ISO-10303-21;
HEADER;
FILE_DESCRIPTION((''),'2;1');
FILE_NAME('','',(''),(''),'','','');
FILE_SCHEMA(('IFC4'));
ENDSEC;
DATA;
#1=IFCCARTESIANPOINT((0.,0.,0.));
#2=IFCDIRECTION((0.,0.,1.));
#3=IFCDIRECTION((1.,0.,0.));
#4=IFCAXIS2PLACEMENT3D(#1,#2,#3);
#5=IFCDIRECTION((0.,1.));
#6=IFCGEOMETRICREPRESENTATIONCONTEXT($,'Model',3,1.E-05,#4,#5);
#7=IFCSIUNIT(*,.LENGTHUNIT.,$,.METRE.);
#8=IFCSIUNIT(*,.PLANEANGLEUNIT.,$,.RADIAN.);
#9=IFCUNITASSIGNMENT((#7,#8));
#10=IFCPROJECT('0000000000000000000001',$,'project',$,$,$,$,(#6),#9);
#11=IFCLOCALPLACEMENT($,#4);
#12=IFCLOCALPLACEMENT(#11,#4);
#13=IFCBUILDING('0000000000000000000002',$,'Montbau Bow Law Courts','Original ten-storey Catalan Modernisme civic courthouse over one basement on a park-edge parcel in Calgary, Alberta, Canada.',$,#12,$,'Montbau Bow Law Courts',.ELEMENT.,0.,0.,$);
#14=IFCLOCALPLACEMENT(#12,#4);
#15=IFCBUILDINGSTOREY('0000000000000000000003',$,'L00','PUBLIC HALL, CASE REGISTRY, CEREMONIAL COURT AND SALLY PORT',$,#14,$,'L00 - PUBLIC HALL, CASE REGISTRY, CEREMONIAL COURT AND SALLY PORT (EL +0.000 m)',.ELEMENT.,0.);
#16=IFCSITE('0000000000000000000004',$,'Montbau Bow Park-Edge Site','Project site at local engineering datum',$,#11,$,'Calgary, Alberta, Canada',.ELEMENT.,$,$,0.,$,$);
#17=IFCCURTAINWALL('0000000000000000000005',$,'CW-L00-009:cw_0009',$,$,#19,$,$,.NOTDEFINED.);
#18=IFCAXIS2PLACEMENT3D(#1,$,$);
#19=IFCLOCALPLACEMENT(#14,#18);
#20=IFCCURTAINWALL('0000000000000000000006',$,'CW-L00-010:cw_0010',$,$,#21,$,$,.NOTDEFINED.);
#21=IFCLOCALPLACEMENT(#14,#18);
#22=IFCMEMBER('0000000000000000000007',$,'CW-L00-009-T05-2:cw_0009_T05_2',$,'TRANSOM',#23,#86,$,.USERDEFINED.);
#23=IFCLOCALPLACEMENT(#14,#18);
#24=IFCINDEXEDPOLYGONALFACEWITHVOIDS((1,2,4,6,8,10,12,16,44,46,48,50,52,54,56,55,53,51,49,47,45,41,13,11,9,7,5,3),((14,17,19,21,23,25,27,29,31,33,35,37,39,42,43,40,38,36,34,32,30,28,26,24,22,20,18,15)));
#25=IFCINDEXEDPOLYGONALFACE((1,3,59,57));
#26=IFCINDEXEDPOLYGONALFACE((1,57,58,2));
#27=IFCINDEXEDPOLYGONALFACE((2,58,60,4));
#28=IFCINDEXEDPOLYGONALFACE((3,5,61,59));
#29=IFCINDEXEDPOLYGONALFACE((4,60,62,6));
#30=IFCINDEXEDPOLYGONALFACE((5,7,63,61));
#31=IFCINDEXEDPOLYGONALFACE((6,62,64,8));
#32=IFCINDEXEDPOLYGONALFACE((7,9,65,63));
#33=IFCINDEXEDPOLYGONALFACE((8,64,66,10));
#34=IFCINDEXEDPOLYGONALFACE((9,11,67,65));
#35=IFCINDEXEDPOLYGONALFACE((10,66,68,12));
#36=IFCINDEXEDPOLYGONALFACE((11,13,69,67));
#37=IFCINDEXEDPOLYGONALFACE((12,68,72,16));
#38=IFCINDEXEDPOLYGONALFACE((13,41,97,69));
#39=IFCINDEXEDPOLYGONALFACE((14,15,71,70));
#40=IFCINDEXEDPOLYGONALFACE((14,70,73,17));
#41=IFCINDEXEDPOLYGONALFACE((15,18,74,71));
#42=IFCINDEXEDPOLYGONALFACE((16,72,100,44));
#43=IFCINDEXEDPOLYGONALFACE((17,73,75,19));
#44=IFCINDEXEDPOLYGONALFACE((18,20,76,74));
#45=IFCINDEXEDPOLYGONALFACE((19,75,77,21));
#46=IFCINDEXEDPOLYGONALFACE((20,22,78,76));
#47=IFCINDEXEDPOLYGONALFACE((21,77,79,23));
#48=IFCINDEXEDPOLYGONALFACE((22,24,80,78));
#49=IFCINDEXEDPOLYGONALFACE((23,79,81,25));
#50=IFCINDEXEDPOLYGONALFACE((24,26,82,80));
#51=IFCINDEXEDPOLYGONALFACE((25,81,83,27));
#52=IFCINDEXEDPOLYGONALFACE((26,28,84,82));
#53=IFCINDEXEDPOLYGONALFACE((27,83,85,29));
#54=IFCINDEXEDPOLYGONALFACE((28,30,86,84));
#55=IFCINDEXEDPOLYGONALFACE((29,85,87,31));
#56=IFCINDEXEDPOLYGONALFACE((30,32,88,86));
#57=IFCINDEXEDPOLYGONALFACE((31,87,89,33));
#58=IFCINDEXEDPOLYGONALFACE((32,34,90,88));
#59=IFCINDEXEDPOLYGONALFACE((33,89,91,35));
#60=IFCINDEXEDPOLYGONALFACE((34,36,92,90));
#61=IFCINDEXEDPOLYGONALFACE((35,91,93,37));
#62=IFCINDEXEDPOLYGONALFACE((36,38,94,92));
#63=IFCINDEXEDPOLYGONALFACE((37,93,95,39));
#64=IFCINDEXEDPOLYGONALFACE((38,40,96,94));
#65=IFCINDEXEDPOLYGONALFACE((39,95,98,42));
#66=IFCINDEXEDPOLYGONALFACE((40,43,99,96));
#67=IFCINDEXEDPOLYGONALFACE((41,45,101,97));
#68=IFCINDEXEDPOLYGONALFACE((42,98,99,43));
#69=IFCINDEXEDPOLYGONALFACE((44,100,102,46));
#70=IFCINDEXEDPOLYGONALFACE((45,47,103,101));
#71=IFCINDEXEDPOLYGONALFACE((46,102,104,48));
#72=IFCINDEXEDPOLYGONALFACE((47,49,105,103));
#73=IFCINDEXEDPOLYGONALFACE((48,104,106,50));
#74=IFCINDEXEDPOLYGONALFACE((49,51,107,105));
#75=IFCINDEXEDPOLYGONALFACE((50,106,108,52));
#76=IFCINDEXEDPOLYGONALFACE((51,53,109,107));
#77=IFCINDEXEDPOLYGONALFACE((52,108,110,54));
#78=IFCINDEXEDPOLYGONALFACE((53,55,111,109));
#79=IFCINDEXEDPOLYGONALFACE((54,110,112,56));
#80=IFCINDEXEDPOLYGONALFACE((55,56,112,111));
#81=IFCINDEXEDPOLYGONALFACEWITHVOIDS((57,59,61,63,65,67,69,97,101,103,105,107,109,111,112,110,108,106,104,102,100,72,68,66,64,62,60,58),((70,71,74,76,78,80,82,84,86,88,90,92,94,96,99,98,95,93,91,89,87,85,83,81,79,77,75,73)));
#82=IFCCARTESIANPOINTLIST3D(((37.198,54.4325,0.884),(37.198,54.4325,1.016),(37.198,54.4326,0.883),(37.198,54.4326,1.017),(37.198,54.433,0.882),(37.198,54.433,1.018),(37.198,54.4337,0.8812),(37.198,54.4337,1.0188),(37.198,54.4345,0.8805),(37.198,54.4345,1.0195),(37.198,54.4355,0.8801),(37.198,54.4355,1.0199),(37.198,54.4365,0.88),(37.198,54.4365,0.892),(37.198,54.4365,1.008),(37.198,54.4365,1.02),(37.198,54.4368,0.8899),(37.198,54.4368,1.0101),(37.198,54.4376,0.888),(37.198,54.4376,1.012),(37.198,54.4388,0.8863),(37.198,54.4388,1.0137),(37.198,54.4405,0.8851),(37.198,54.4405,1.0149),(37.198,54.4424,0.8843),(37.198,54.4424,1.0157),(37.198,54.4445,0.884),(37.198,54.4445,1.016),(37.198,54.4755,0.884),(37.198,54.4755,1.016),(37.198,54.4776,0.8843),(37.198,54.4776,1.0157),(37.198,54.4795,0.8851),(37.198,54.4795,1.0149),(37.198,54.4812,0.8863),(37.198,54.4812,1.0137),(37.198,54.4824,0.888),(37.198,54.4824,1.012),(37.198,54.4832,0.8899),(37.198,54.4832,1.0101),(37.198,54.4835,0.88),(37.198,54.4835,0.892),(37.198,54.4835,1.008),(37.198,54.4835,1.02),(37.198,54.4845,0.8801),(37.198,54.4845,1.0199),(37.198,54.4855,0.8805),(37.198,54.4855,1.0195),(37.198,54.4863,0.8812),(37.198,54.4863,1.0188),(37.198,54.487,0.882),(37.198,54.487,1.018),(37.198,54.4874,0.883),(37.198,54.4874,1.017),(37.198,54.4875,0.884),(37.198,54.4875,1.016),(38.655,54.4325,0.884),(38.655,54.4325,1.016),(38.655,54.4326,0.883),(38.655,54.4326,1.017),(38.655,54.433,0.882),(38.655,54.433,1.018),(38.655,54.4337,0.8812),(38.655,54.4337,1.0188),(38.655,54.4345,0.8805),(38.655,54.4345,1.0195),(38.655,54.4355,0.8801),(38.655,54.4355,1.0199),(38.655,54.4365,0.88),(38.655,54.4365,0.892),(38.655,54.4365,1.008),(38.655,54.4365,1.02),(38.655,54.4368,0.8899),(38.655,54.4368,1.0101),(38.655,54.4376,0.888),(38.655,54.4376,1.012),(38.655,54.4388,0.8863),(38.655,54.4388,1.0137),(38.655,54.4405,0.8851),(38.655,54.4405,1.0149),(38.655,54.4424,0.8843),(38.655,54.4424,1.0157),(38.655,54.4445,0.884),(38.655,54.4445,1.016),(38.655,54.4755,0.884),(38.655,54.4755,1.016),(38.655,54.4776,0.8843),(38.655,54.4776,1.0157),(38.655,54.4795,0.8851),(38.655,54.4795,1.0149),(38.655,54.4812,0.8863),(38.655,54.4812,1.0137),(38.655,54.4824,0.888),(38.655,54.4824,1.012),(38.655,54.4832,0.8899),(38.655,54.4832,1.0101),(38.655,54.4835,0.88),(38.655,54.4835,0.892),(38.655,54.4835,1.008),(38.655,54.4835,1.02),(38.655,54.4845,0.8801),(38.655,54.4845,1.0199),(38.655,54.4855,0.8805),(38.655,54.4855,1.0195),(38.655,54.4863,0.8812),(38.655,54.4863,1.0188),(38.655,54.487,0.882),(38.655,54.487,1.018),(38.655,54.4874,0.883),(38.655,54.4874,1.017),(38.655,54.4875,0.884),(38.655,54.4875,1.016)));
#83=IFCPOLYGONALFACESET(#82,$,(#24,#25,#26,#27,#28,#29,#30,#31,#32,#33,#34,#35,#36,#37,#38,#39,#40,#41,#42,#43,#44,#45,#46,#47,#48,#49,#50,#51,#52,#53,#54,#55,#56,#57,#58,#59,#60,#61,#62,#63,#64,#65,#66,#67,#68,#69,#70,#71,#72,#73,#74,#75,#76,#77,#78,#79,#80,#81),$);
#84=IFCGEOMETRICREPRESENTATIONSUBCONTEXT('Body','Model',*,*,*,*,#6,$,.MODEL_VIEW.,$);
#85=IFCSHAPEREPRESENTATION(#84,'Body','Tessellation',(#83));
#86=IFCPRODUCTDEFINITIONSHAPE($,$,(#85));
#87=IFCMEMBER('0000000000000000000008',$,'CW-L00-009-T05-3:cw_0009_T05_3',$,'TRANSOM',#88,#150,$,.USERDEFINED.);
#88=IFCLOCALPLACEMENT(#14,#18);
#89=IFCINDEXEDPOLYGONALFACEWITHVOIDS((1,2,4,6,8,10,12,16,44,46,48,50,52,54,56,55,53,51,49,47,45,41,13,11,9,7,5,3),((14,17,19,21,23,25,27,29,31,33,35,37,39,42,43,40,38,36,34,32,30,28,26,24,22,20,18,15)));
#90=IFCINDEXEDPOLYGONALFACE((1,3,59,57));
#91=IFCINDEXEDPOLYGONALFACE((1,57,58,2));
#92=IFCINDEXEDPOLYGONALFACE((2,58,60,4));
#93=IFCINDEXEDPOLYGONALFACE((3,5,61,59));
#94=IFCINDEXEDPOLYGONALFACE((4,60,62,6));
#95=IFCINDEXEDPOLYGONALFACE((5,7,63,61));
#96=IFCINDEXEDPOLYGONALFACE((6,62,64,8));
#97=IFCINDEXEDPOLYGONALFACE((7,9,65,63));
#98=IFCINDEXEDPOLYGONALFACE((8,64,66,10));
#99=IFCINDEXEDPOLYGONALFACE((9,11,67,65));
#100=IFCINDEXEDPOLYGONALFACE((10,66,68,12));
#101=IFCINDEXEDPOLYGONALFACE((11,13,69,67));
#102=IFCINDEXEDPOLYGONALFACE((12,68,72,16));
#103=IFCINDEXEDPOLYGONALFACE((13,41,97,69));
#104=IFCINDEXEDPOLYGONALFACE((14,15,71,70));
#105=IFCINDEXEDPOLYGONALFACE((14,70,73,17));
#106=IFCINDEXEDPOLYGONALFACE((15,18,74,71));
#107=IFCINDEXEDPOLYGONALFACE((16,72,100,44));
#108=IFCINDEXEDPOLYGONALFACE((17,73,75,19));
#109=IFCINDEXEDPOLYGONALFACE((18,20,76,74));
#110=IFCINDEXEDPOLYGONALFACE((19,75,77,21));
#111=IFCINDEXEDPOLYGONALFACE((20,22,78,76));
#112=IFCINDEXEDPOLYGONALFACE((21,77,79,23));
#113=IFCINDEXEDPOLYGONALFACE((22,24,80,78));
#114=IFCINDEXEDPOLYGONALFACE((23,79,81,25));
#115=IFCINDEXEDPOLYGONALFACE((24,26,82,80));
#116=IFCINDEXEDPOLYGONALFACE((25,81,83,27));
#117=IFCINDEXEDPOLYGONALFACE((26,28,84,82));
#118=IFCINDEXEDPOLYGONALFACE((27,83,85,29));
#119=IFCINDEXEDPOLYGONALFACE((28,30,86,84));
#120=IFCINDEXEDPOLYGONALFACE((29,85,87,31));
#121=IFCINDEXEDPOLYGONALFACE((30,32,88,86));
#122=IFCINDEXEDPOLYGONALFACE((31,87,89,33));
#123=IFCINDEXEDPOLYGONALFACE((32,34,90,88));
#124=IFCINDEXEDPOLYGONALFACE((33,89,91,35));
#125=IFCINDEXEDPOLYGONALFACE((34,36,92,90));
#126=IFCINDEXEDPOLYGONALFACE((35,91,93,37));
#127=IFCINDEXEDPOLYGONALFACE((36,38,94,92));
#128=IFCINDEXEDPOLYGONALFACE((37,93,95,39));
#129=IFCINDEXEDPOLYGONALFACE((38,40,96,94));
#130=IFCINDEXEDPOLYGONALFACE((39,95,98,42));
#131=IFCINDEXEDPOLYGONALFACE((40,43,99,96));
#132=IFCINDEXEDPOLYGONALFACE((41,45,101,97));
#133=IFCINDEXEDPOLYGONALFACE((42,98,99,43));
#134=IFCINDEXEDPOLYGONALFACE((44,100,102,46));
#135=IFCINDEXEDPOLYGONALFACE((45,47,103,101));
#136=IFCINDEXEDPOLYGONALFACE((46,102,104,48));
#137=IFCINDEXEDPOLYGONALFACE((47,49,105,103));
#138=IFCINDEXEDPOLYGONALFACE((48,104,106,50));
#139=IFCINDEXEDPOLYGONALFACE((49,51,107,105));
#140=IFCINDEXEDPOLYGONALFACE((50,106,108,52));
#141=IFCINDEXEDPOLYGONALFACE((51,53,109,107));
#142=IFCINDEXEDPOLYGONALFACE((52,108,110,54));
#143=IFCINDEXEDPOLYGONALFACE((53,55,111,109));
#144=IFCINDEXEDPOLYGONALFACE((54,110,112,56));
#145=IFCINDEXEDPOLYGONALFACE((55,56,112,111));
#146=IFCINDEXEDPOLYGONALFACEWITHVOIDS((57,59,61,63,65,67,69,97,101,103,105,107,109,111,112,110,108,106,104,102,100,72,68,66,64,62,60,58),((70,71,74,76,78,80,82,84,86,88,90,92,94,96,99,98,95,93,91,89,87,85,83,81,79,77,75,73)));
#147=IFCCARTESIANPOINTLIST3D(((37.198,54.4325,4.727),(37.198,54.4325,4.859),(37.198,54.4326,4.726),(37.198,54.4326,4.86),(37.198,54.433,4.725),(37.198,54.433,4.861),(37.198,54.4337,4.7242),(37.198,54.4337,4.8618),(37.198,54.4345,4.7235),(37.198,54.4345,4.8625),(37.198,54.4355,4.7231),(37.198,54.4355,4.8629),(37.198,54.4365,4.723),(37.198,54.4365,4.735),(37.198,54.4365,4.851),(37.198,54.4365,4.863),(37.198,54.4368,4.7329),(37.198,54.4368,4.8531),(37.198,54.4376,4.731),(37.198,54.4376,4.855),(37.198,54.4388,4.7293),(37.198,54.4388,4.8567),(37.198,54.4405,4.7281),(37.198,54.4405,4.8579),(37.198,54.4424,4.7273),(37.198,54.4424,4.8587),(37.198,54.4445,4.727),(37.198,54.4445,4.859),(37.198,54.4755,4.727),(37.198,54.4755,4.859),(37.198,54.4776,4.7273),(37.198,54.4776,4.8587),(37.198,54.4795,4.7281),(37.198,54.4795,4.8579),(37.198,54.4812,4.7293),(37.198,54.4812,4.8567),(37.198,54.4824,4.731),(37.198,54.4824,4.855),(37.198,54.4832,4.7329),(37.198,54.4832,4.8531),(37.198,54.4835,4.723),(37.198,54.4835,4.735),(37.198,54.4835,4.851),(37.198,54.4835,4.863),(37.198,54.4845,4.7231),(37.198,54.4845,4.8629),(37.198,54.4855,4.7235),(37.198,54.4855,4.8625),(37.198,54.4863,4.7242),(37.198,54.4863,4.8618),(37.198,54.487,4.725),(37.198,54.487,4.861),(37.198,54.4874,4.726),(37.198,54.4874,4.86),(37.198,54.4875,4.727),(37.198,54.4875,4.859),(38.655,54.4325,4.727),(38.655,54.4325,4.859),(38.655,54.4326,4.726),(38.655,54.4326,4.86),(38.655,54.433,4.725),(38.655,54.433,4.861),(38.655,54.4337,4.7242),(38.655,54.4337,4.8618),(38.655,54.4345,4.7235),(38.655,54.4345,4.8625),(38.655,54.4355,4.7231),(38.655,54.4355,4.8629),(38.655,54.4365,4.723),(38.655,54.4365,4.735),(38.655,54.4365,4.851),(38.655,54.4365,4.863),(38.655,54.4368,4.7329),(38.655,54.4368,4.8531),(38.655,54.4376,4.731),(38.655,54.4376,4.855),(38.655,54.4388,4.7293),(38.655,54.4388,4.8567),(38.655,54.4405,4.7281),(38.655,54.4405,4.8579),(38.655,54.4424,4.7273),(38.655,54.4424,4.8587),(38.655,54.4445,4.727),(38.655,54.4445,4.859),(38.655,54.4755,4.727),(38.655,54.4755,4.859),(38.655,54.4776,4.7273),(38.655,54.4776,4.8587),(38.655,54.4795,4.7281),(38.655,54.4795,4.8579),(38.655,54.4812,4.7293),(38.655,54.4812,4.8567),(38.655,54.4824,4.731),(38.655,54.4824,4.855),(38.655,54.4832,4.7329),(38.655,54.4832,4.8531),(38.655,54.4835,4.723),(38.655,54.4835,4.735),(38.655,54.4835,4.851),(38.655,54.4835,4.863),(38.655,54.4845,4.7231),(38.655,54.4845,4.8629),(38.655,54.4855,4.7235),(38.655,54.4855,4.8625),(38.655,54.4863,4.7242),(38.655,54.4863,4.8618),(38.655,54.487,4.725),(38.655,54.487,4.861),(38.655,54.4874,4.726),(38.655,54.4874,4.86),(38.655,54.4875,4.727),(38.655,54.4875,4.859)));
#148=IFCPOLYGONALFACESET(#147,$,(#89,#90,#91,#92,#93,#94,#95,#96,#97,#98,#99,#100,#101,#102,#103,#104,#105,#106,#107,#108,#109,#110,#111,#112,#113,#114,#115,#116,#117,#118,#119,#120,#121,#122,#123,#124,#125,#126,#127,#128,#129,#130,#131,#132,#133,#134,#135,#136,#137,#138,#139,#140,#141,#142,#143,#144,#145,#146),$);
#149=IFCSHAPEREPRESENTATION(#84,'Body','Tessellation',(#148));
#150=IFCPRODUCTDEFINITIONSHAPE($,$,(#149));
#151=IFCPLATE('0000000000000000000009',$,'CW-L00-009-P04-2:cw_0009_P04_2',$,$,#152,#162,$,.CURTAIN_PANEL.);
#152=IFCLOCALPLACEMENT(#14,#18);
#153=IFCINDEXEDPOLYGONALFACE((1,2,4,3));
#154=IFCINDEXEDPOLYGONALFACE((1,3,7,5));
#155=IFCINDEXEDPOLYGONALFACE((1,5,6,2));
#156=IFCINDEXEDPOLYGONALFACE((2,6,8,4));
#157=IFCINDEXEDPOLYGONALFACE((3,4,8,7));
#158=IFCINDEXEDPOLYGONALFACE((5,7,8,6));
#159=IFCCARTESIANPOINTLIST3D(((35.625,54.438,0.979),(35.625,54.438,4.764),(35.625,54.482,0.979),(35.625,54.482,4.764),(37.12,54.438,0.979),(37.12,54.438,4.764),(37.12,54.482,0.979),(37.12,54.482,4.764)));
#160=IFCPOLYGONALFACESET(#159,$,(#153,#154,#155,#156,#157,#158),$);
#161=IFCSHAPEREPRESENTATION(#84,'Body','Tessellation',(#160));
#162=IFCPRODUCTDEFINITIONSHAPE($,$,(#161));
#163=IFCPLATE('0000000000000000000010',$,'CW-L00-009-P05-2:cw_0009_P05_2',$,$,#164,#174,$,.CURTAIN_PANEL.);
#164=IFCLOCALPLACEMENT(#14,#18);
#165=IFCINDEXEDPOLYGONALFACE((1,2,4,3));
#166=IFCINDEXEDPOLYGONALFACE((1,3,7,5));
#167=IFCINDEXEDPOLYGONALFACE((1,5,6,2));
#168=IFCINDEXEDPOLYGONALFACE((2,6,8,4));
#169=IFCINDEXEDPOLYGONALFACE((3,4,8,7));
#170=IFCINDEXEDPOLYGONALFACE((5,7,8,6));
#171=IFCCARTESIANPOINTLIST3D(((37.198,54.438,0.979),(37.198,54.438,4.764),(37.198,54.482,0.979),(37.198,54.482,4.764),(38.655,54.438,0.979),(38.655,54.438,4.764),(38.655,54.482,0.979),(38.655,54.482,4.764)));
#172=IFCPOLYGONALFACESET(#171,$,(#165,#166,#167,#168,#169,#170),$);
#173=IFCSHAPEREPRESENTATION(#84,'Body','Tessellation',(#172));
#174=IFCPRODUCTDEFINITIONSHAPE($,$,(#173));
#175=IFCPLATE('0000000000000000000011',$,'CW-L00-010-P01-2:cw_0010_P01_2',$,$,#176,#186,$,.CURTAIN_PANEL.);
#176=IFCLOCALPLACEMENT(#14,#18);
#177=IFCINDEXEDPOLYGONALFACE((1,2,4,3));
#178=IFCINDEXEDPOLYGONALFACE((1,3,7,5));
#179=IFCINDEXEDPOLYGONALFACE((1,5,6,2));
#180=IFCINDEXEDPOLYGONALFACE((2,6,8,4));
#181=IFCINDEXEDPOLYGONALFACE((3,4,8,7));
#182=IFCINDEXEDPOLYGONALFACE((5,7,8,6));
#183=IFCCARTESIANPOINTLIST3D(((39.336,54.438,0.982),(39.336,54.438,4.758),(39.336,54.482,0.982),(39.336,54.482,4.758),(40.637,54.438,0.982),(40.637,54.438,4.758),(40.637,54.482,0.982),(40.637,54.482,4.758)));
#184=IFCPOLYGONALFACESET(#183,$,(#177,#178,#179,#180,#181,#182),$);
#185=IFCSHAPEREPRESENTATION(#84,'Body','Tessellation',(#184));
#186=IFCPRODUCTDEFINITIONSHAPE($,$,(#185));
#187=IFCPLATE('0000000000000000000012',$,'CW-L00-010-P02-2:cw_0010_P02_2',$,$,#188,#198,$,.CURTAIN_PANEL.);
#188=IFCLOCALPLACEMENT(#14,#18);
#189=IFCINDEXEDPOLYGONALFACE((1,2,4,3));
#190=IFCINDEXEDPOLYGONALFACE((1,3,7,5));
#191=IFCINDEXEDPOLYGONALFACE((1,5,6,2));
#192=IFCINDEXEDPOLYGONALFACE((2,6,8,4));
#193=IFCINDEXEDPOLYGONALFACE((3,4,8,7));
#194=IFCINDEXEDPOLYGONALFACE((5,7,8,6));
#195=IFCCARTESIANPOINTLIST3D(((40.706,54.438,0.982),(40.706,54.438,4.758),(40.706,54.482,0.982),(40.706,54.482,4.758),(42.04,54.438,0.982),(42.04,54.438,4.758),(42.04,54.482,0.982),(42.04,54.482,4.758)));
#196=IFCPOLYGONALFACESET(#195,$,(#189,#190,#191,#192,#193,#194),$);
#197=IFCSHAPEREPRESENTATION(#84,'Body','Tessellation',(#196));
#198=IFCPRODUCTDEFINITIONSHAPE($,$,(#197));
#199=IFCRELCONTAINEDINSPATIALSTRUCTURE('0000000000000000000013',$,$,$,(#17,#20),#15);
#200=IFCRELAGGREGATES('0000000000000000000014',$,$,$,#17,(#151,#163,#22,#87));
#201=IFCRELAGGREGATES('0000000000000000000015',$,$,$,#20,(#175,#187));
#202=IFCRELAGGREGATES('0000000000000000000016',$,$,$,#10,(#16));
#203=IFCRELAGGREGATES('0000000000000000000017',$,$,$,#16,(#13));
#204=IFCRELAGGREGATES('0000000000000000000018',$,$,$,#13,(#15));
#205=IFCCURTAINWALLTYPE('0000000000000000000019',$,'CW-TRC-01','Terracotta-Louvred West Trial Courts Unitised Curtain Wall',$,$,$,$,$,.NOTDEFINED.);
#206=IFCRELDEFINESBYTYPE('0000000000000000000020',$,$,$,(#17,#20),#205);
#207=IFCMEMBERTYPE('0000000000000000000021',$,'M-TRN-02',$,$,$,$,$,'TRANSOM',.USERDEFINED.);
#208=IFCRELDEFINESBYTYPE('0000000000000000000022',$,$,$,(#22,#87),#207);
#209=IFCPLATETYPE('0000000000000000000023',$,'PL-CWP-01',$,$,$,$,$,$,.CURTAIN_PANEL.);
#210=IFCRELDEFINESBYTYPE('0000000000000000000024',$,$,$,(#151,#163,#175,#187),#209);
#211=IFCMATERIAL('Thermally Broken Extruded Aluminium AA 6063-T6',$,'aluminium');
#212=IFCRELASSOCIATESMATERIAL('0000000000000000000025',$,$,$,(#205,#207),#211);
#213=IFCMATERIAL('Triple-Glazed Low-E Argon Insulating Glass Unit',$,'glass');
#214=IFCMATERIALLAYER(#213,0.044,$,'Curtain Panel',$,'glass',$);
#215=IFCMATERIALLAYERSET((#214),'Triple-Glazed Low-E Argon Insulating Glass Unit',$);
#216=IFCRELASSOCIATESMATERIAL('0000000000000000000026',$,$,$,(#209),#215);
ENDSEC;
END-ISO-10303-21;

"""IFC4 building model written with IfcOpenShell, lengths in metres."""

from ifc_helpers import new_model, si_unit, direction, frame, frame_2d, origin_with_axes, origin_2d_with_axis, place, context, subcontext, project, spatial, rectangle, hollow_rectangle, extrude, material, layer, layer_set, material_profile, profile_set, type_object, element, aggregate, save


model = new_model("IFC4")

# Units and contexts
model_context = context("Model", 3, precision=1e-05, world=origin_with_axes(), true_north=direction((0.0, 1.0)))
body_context = subcontext(model_context, "Body", "Model", "MODEL_VIEW")
ifc_project = project(units=[si_unit("LENGTHUNIT", "METRE"), si_unit("PLANEANGLEUNIT", "RADIAN")], contexts=[model_context])

# Site, building, storey
site_placement = place(None, origin_with_axes())
site = spatial("IfcSite", under=ifc_project, at=site_placement, Name="Montbau Bow Park-Edge Site", Description="Project site at local engineering datum", LongName="Calgary, Alberta, Canada", CompositionType="ELEMENT", RefElevation=0.0)
building_placement = place(site_placement, origin_with_axes())
building = spatial("IfcBuilding", under=site, at=building_placement, Name="Montbau Bow Law Courts", Description="Original ten-storey Catalan Modernisme civic courthouse over one basement on a park-edge parcel in Calgary, Alberta, Canada.", LongName="Montbau Bow Law Courts", CompositionType="ELEMENT", ElevationOfRefHeight=0.0, ElevationOfTerrain=0.0)
storey_placement = place(building_placement, origin_with_axes())
storey = spatial("IfcBuildingStorey", under=building, at=storey_placement, Name="L00", Description="PUBLIC HALL, CASE REGISTRY, CEREMONIAL COURT AND SALLY PORT", LongName="L00 - PUBLIC HALL, CASE REGISTRY, CEREMONIAL COURT AND SALLY PORT (EL +0.000 m)", CompositionType="ELEMENT", Elevation=0.0)

# Curtain walls
ifc_material_1 = material(Name="Thermally Broken Extruded Aluminium AA 6063-T6", Category="aluminium")
curtain_wall_type = type_object("IfcCurtainWallType", Name="CW-TRC-01", Description="Terracotta-Louvred West Trial Courts Unitised Curtain Wall", PredefinedType="NOTDEFINED", material=ifc_material_1)
curtain_wall_1_placement = place(None, frame((30.867, 54.46, 0.0), z_axis=(0.0, 0.0, 1.0), x_axis=(1.0, 0.0, 0.0)))
curtain_wall_1 = element("IfcCurtainWall", 1, at=curtain_wall_1_placement, inside=storey, type_object=curtain_wall_type, Name="CW-L00-009:cw_0009", PredefinedType="NOTDEFINED")
curtain_wall_2_placement = place(None, frame((39.268, 54.46, 0.0), z_axis=(0.0, 0.0, 1.0), x_axis=(1.0, 0.0, 0.0)))
curtain_wall_2 = element("IfcCurtainWall", 2, at=curtain_wall_2_placement, inside=storey, type_object=curtain_wall_type, Name="CW-L00-010:cw_0010", PredefinedType="NOTDEFINED")

# Members
ifc_material_profile_1 = material_profile(ifc_material_1, hollow_rectangle(XDim=0.055, YDim=0.14, WallThickness=0.004, InnerFilletRadius=0.008, OuterFilletRadius=0.004, at=origin_2d_with_axis()), Name="CWT-140X55", Category="Main", Priority=0)
ifc_profile_set_1 = profile_set([ifc_material_profile_1], Name="Thermally Broken Extruded Aluminium AA 6063-T6")
member_type_1 = type_object("IfcMemberType", Name="M-TRN-02", ElementType="TRANSOM", PredefinedType="USERDEFINED", material=ifc_profile_set_1)
member_1_placement = place(None, frame((37.198, 54.46, 0.95), z_axis=(1.0, 0.0, 0.0), x_axis=(0.0, 1.0, 0.0)))
member_1 = element("IfcMember", 3, at=member_1_placement, type_object=member_type_1, Name="CW-L00-009-T05-2:cw_0009_T05_2", ObjectType="TRANSOM", PredefinedType="USERDEFINED", context=body_context, shape_type="SweptSolid", body=[
    extrude(hollow_rectangle(XDim=0.055, YDim=0.14, WallThickness=0.004, InnerFilletRadius=0.008, OuterFilletRadius=0.004, at=origin_2d_with_axis()), origin_with_axes(), (0.0, 0.0, 1.0), 1.457),
])
member_2_placement = place(None, frame((37.198, 54.46, 4.793), z_axis=(1.0, 0.0, 0.0), x_axis=(0.0, 1.0, 0.0)))
member_2 = element("IfcMember", 4, at=member_2_placement, type_object=member_type_1, Name="CW-L00-009-T05-3:cw_0009_T05_3", ObjectType="TRANSOM", PredefinedType="USERDEFINED", context=body_context, shape_type="SweptSolid", body=[
    extrude(hollow_rectangle(XDim=0.055, YDim=0.14, WallThickness=0.004, InnerFilletRadius=0.008, OuterFilletRadius=0.004, at=origin_2d_with_axis()), origin_with_axes(), (0.0, 0.0, 1.0), 1.457),
])

# Plates
ifc_material_2 = material(Name="Triple-Glazed Low-E Argon Insulating Glass Unit", Category="glass")
ifc_layer_1 = layer(ifc_material_2, 0.044, Name="Curtain Panel", Category="glass")
ifc_layer_set_1 = layer_set([ifc_layer_1], Name="Triple-Glazed Low-E Argon Insulating Glass Unit")
plate_type_1 = type_object("IfcPlateType", Name="PL-CWP-01", PredefinedType="CURTAIN_PANEL", material=ifc_layer_set_1)
plate_1_placement = place(None, frame((35.625, 54.46, 0.979), z_axis=(0.0, -1.0, 0.0), x_axis=(1.0, 0.0, 0.0)))
plate_1 = element("IfcPlate", 5, at=plate_1_placement, type_object=plate_type_1, Name="CW-L00-009-P04-2:cw_0009_P04_2", PredefinedType="CURTAIN_PANEL", context=body_context, shape_type="SweptSolid", body=[
    extrude(rectangle(XDim=1.495, YDim=3.785, at=frame_2d((0.7475, 1.8925), x_axis=(1.0, 0.0))), frame((0.0, 0.0, -0.022), z_axis=(0.0, 0.0, 1.0), x_axis=(1.0, 0.0, 0.0)), (0.0, 0.0, 1.0), 0.044),
])
plate_2_placement = place(None, frame((37.198, 54.46, 0.979), z_axis=(0.0, -1.0, 0.0), x_axis=(1.0, 0.0, 0.0)))
plate_2 = element("IfcPlate", 6, at=plate_2_placement, type_object=plate_type_1, Name="CW-L00-009-P05-2:cw_0009_P05_2", PredefinedType="CURTAIN_PANEL", context=body_context, shape_type="SweptSolid", body=[
    extrude(rectangle(XDim=1.457, YDim=3.785, at=frame_2d((0.7285, 1.8925), x_axis=(1.0, 0.0))), frame((0.0, 0.0, -0.022), z_axis=(0.0, 0.0, 1.0), x_axis=(1.0, 0.0, 0.0)), (0.0, 0.0, 1.0), 0.044),
])
plate_3_placement = place(None, frame((39.336, 54.46, 0.982), z_axis=(0.0, -1.0, 0.0), x_axis=(1.0, 0.0, 0.0)))
plate_3 = element("IfcPlate", 7, at=plate_3_placement, type_object=plate_type_1, Name="CW-L00-010-P01-2:cw_0010_P01_2", PredefinedType="CURTAIN_PANEL", context=body_context, shape_type="SweptSolid", body=[
    extrude(rectangle(XDim=1.301, YDim=3.776, at=frame_2d((0.6505, 1.888), x_axis=(1.0, 0.0))), frame((0.0, 0.0, -0.022), z_axis=(0.0, 0.0, 1.0), x_axis=(1.0, 0.0, 0.0)), (0.0, 0.0, 1.0), 0.044),
])
plate_4_placement = place(None, frame((40.706, 54.46, 0.982), z_axis=(0.0, -1.0, 0.0), x_axis=(1.0, 0.0, 0.0)))
plate_4 = element("IfcPlate", 8, at=plate_4_placement, type_object=plate_type_1, Name="CW-L00-010-P02-2:cw_0010_P02_2", PredefinedType="CURTAIN_PANEL", context=body_context, shape_type="SweptSolid", body=[
    extrude(rectangle(XDim=1.334, YDim=3.776, at=frame_2d((0.667, 1.888), x_axis=(1.0, 0.0))), frame((0.0, 0.0, -0.022), z_axis=(0.0, 0.0, 1.0), x_axis=(1.0, 0.0, 0.0)), (0.0, 0.0, 1.0), 0.044),
])
aggregate(curtain_wall_1, [plate_1, plate_2, member_1, member_2])
aggregate(curtain_wall_2, [plate_3, plate_4])

save(model, "model.ifc")
